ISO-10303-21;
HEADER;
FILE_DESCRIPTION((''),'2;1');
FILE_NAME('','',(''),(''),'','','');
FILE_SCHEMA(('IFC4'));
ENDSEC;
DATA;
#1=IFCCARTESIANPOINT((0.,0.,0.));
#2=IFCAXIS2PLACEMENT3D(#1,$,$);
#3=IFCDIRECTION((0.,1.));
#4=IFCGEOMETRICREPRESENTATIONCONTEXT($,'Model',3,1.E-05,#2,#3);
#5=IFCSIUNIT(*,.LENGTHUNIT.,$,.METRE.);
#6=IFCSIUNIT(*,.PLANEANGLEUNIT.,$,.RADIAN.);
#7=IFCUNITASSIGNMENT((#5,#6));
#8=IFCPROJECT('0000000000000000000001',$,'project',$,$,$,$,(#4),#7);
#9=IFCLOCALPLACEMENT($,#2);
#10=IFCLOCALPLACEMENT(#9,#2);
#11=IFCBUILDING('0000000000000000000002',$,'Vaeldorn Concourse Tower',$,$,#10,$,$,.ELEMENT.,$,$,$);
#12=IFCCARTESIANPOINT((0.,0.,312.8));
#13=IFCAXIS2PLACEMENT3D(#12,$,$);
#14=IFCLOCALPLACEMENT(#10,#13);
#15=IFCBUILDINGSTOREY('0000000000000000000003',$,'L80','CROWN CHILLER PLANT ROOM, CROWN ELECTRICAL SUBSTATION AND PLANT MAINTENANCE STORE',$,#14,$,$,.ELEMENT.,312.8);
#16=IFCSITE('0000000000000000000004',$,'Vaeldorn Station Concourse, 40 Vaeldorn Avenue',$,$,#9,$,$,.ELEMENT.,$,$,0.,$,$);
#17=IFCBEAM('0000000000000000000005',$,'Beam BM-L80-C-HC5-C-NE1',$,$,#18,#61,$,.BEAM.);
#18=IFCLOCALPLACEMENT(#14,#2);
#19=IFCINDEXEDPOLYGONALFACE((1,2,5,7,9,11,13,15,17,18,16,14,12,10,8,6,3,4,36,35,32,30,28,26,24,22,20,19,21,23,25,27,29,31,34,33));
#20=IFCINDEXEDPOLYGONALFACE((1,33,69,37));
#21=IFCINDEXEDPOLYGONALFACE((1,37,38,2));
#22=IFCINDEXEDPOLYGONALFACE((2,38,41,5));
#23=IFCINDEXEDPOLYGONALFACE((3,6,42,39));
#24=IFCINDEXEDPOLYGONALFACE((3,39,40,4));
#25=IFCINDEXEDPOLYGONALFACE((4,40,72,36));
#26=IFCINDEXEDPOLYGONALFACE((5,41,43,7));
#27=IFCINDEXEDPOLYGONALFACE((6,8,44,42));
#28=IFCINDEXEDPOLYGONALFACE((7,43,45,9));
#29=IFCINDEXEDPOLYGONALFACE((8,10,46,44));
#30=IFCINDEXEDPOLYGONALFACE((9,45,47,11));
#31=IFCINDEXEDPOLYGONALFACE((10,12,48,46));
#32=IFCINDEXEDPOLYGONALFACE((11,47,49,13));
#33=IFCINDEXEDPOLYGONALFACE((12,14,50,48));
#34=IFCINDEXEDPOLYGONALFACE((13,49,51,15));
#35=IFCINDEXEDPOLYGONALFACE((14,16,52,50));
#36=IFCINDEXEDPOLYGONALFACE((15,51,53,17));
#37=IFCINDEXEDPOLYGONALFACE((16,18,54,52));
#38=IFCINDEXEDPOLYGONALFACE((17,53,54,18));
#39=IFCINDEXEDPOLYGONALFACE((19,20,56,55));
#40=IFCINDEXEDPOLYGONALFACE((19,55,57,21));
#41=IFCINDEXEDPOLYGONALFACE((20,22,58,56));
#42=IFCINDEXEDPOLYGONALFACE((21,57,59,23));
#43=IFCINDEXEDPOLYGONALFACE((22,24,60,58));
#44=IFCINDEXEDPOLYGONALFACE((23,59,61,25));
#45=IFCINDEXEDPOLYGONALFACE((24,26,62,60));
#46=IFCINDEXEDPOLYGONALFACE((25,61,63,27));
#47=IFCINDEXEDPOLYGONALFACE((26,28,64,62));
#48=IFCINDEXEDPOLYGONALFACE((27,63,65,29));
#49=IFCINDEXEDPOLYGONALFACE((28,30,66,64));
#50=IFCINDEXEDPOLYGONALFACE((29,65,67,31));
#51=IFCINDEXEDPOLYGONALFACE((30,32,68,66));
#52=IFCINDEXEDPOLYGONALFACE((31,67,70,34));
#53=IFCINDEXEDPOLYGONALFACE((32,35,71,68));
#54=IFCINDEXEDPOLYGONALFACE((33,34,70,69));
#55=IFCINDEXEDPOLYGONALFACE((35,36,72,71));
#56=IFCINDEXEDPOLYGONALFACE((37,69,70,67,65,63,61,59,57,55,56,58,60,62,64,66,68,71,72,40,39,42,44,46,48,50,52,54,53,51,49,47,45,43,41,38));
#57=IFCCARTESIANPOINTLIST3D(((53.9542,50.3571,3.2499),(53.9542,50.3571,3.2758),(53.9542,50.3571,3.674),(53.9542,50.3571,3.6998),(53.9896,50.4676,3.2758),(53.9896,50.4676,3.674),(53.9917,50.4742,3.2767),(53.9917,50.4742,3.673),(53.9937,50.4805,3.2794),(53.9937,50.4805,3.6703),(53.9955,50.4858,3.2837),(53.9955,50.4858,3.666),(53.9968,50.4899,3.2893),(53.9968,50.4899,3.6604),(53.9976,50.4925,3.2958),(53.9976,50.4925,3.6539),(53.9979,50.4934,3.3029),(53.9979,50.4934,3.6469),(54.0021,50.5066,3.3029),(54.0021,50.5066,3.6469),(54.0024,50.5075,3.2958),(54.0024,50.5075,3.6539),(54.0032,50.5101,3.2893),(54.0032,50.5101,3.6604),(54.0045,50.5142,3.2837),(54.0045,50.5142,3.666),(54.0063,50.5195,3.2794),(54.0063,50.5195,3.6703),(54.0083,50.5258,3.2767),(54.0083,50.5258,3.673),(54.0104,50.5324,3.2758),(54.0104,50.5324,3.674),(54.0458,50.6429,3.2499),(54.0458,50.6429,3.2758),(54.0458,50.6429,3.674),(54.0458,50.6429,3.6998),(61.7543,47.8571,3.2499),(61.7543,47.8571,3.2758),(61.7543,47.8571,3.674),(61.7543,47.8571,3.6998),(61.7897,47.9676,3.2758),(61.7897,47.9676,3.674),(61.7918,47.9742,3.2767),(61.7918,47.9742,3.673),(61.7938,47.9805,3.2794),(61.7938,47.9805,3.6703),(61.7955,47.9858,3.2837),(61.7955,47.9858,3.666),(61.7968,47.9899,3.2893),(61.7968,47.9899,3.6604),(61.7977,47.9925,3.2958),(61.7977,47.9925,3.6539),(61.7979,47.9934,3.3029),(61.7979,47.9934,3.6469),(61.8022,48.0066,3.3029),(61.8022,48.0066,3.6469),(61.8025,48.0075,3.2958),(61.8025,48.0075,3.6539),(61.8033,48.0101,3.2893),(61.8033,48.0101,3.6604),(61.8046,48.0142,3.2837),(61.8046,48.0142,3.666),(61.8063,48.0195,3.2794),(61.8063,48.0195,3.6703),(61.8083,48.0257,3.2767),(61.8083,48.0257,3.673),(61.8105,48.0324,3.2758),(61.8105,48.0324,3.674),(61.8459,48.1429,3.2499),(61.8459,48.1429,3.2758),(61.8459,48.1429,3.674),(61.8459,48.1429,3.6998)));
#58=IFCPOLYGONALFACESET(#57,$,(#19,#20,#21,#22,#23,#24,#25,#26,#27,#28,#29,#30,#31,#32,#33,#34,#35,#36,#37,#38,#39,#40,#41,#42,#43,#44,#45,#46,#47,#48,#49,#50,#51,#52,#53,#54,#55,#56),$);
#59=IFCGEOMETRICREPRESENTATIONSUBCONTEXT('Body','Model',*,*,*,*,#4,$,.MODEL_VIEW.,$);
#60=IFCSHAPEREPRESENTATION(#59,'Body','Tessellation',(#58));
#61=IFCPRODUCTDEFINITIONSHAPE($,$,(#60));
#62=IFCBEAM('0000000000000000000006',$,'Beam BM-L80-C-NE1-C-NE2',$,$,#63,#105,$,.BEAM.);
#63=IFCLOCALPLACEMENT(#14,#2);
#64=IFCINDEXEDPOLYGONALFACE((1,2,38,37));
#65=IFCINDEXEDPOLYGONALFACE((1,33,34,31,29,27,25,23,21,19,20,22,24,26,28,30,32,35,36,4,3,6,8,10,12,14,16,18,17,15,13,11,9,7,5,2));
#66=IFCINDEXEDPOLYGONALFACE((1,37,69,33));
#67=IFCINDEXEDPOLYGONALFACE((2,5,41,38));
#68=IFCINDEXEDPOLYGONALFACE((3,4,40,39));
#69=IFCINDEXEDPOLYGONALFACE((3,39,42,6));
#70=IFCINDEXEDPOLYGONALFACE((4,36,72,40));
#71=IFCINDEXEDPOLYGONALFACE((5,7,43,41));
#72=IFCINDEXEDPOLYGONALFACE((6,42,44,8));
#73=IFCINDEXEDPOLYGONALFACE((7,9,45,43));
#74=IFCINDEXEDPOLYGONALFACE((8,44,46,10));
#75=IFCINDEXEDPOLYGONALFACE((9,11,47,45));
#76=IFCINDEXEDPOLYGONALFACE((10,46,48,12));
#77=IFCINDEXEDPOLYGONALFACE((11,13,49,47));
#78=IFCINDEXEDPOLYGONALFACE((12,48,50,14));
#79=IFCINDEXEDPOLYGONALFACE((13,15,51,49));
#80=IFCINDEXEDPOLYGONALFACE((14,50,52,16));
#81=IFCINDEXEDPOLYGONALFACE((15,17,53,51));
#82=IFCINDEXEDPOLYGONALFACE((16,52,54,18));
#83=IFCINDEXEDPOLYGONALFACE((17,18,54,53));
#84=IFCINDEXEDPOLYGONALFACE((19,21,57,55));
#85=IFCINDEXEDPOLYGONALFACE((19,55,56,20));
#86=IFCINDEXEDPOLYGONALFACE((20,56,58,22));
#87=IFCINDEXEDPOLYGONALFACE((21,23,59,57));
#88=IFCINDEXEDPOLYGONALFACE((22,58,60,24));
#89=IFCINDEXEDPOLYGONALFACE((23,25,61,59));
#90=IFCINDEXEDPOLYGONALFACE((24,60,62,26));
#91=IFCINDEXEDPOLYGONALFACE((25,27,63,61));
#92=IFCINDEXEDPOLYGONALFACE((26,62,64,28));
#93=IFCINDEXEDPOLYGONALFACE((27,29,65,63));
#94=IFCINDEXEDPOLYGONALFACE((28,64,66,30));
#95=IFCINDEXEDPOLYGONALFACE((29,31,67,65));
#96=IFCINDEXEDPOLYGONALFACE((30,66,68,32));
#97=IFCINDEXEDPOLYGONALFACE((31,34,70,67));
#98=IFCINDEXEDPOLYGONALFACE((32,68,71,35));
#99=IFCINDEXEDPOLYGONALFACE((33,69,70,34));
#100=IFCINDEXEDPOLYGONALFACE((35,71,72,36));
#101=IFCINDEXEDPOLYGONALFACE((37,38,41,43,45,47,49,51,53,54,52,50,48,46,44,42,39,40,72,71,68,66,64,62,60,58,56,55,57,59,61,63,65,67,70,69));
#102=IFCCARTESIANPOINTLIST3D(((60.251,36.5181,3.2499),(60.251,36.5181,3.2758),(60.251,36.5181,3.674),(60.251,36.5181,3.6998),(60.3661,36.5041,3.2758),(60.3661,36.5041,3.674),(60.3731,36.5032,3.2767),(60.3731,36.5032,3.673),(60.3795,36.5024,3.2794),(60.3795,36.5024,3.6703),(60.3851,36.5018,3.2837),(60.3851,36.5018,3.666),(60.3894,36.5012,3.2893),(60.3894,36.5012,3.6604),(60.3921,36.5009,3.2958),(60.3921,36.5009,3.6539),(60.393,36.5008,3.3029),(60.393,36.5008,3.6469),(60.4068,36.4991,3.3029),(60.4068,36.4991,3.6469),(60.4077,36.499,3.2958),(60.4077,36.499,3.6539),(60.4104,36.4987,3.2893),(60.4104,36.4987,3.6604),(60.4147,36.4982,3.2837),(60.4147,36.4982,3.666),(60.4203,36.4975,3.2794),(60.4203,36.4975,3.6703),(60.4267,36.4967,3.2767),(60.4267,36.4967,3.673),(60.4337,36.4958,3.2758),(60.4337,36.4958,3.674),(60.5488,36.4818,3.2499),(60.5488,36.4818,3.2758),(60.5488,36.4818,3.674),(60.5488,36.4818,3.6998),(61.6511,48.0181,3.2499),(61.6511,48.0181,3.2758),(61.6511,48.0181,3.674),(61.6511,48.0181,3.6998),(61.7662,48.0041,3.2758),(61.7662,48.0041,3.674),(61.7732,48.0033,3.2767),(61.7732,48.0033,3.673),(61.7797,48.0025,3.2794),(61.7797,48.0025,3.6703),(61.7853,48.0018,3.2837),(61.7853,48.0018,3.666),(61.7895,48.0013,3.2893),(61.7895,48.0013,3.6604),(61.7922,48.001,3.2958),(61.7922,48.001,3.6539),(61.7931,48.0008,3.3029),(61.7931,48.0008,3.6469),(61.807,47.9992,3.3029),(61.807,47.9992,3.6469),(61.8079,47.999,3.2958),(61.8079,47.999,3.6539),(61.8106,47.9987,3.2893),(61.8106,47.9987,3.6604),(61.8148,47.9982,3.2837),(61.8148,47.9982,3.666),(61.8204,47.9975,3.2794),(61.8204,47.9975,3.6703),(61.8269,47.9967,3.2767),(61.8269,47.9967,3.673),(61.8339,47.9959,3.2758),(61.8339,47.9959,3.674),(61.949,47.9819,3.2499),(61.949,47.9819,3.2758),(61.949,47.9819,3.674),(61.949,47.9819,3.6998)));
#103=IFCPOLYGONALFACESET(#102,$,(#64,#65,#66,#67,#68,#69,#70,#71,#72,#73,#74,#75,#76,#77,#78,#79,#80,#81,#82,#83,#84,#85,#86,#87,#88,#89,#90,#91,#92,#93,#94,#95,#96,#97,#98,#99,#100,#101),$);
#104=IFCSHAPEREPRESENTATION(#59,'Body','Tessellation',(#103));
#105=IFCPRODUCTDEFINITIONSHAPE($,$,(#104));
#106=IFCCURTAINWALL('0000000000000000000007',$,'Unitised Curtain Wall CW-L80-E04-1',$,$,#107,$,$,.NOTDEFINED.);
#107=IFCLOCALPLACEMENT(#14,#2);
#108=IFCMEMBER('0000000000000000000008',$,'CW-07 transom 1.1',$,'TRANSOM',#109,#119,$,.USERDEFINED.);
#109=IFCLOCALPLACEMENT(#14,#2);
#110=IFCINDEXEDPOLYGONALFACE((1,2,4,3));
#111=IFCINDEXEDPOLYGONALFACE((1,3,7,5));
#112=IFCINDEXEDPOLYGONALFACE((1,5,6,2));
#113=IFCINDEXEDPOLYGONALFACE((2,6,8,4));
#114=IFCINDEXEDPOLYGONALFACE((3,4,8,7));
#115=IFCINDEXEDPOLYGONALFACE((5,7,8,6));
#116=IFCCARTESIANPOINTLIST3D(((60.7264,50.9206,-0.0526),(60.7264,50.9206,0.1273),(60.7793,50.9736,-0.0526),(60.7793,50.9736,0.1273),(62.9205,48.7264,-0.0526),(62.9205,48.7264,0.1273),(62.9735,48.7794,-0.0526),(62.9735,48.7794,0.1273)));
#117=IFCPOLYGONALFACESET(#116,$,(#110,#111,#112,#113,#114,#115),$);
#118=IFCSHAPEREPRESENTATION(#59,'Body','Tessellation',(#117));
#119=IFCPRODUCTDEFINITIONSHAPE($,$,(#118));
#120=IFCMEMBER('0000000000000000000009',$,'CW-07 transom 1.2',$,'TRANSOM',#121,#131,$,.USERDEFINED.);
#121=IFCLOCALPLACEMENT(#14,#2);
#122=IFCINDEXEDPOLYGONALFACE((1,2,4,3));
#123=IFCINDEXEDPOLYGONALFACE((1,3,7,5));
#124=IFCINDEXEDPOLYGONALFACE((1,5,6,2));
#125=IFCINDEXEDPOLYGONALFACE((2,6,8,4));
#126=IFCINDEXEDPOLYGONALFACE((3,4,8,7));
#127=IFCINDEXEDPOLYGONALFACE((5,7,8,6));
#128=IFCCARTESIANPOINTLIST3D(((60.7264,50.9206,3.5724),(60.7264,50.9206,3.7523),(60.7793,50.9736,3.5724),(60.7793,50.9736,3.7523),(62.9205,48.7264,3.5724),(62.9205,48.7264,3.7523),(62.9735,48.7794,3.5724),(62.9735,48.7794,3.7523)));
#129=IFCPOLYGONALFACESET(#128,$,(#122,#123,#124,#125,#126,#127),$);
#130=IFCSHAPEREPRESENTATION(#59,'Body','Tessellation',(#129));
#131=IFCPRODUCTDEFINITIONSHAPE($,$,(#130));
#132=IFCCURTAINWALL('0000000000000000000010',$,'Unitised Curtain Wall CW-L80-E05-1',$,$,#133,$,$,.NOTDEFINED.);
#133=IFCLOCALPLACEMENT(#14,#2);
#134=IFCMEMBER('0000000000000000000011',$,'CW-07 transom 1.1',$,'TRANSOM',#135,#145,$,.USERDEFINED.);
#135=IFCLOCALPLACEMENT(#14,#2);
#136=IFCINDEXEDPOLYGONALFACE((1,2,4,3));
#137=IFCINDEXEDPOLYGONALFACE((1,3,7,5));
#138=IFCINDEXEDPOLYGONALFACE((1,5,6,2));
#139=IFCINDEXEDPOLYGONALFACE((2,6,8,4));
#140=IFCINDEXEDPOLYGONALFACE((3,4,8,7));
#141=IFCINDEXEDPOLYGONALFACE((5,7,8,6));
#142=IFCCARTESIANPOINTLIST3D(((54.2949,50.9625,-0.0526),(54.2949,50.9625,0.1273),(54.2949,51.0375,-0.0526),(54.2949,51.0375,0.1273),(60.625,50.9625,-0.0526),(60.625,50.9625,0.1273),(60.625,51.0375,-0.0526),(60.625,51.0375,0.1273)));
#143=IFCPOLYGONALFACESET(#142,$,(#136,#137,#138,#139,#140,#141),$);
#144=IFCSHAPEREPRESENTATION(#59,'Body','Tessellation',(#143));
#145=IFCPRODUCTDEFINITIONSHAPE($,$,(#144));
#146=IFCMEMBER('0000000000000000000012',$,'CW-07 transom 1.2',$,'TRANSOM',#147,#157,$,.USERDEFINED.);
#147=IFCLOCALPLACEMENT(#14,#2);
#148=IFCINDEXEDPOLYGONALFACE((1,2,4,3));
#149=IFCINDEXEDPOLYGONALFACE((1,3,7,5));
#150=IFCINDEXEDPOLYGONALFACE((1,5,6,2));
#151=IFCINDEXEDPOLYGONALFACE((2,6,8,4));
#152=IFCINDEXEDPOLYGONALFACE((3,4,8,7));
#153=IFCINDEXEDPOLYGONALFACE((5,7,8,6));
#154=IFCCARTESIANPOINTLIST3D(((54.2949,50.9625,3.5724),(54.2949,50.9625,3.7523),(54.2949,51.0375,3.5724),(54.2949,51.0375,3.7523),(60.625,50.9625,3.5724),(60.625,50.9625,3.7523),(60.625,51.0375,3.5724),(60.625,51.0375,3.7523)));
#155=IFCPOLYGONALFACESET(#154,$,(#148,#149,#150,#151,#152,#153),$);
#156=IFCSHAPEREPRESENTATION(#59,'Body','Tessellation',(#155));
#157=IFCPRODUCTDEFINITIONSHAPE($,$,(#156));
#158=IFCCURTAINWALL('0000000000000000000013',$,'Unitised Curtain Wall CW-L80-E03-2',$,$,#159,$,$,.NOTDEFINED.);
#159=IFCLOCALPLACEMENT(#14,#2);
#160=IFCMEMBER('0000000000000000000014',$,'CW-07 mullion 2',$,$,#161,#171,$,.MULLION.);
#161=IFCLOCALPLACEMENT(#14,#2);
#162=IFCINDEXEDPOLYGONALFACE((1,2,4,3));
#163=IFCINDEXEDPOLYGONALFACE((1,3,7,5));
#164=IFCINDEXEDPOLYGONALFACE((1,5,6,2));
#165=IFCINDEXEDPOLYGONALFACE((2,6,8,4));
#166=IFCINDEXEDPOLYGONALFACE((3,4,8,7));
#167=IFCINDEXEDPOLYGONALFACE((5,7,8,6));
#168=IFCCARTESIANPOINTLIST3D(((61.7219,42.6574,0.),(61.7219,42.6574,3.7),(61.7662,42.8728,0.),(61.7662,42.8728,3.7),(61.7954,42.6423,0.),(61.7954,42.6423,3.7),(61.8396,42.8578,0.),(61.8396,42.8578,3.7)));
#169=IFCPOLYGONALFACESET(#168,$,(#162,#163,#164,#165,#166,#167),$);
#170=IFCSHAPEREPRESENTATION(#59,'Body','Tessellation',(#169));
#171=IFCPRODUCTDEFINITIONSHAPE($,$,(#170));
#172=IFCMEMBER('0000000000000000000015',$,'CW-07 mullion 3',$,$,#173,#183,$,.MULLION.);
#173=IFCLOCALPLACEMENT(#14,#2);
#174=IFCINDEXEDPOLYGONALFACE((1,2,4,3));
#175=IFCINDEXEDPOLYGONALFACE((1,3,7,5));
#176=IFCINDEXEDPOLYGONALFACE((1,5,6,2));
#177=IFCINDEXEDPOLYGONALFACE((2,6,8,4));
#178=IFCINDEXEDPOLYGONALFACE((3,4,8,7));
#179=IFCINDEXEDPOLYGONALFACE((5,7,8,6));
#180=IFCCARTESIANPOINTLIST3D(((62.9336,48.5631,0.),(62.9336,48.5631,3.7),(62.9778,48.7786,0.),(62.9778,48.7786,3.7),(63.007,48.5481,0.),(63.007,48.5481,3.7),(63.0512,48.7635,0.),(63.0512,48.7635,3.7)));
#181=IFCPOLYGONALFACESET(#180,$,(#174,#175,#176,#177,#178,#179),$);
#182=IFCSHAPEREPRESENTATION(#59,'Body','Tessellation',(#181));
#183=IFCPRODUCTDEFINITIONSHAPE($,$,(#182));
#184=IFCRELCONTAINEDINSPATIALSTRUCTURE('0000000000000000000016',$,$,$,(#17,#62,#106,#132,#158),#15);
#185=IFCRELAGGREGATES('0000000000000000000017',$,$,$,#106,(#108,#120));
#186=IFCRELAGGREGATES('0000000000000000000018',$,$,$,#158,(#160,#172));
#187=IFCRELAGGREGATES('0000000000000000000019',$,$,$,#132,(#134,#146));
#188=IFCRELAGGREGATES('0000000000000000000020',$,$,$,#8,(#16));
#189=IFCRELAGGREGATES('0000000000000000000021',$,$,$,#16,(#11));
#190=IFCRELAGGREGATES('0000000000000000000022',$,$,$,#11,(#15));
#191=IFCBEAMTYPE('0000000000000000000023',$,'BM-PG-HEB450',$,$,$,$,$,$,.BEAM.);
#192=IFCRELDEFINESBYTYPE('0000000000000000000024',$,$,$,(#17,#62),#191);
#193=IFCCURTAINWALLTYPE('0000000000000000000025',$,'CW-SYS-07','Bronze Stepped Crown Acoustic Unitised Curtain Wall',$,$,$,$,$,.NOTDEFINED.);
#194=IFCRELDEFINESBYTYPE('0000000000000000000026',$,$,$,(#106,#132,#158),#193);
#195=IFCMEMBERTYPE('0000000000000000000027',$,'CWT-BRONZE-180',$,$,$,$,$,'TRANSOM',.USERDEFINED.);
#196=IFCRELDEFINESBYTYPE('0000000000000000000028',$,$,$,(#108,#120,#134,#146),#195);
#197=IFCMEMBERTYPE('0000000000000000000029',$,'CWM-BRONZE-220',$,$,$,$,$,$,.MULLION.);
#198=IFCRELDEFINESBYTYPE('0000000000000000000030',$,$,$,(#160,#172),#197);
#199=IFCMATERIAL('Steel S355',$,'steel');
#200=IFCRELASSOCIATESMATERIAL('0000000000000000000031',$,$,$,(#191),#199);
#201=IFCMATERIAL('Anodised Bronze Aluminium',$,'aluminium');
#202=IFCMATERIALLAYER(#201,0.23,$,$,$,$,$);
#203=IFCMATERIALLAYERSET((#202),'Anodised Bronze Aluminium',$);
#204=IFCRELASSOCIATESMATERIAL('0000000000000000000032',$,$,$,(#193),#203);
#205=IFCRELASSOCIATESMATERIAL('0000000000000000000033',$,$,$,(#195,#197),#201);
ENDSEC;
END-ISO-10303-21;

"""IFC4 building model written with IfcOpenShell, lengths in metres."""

from ifc_helpers import new_model, si_unit, direction, frame, origin, origin_2d, place, context, subcontext, project, spatial, rectangle, i_section, extrude, source, transform, mapped, material, layer, layer_set, material_profile, profile_set, type_object, element, aggregate, save


model = new_model("IFC4")

# Units and contexts
model_context = context("Model", 3, precision=1e-05, world=origin(), true_north=direction((0.0, 1.0)))
body_context = subcontext(model_context, "Body", "Model", "MODEL_VIEW")
ifc_project = project(units=[si_unit("LENGTHUNIT", "METRE"), si_unit("PLANEANGLEUNIT", "RADIAN")], contexts=[model_context])

# Site, building, storey
site_placement = place(None, origin())
site = spatial("IfcSite", under=ifc_project, at=site_placement, Name="Vaeldorn Station Concourse, 40 Vaeldorn Avenue", CompositionType="ELEMENT", RefElevation=0.0)
building_placement = place(site_placement, origin())
building = spatial("IfcBuilding", under=site, at=building_placement, Name="Vaeldorn Concourse Tower", CompositionType="ELEMENT")
storey_placement = place(building_placement, frame((0.0, 0.0, 312.8)))
storey = spatial("IfcBuildingStorey", under=building, at=storey_placement, Name="L80", Description="CROWN CHILLER PLANT ROOM, CROWN ELECTRICAL SUBSTATION AND PLANT MAINTENANCE STORE", CompositionType="ELEMENT", Elevation=312.8)

# Shared definitions
ifc_material_1 = material(Name="Steel S355", Category="steel")

# Beams
ifc_material_profile_1 = material_profile(ifc_material_1, i_section(OverallWidth=0.3, OverallDepth=0.45, WebThickness=0.0139, FlangeThickness=0.0259, FilletRadius=0.0271, at=origin_2d()), Name="HEB 450")
ifc_profile_set_1 = profile_set([ifc_material_profile_1], Name="Steel S355")
beam_type_1 = type_object("IfcBeamType", Name="BM-PG-HEB450", PredefinedType="BEAM", material=ifc_profile_set_1)
shared_shape_1 = source(origin(), body_context, "Body", "SweptSolid", [
    extrude(i_section(OverallWidth=0.3, OverallDepth=0.45, WebThickness=0.0139, FlangeThickness=0.0259, FilletRadius=0.0271, at=origin_2d()), origin(), (0.0, 0.0, 1.0), 8.1909),
])
beam_1_placement = place(storey_placement, frame((54.0, 50.5, 3.4749), z_axis=(0.952283, -0.305217, 0.0), x_axis=(0.305217, 0.952283, 0.0)))
element("IfcBeam", 1, at=beam_1_placement, inside=storey, type_object=beam_type_1, Name="Beam BM-L80-C-HC5-C-NE1", PredefinedType="BEAM", context=body_context, shape_type="MappedRepresentation", body=[
    mapped(shared_shape_1, transform((0.0, 0.0, 0.0), scale=1.0)),
])
shared_shape_2 = source(origin(), body_context, "Body", "SweptSolid", [
    extrude(i_section(OverallWidth=0.3, OverallDepth=0.45, WebThickness=0.0139, FlangeThickness=0.0259, FilletRadius=0.0271, at=origin_2d()), origin(), (0.0, 0.0, 1.0), 11.585),
])
beam_2_placement = place(storey_placement, frame((61.8, 48.0, 3.4749), z_axis=(-0.120859, -0.99267, 0.0), x_axis=(0.99267, -0.120859, 0.0)))
element("IfcBeam", 2, at=beam_2_placement, inside=storey, type_object=beam_type_1, Name="Beam BM-L80-C-NE1-C-NE2", PredefinedType="BEAM", context=body_context, shape_type="MappedRepresentation", body=[
    mapped(shared_shape_2, transform((0.0, 0.0, 0.0), scale=1.0)),
])

# Curtain walls, members
ifc_material_2 = material(Name="Anodised Bronze Aluminium", Category="aluminium")
ifc_layer_1 = layer(ifc_material_2, 0.23)
ifc_layer_set_1 = layer_set([ifc_layer_1], Name="Anodised Bronze Aluminium")
curtain_wall_type = type_object("IfcCurtainWallType", Name="CW-SYS-07", Description="Bronze Stepped Crown Acoustic Unitised Curtain Wall", PredefinedType="NOTDEFINED", material=ifc_layer_set_1)
curtain_wall_1_placement = place(storey_placement, origin())
curtain_wall_1 = element("IfcCurtainWall", 3, at=curtain_wall_1_placement, inside=storey, type_object=curtain_wall_type, Name="Unitised Curtain Wall CW-L80-E04-1", PredefinedType="NOTDEFINED")
ifc_material_profile_2 = material_profile(ifc_material_2, rectangle(XDim=0.075, YDim=0.1799, at=origin_2d()), Name="CWT 75x180")
ifc_profile_set_2 = profile_set([ifc_material_profile_2], Name="Anodised Bronze Aluminium")
member_type_1 = type_object("IfcMemberType", Name="CWT-BRONZE-180", ElementType="TRANSOM", PredefinedType="USERDEFINED", material=ifc_profile_set_2)
shared_shape_3 = source(origin(), body_context, "Body", "SweptSolid", [
    extrude(rectangle(XDim=0.075, YDim=0.1799, at=origin_2d()), origin(), (0.0, 0.0, 1.0), 3.103),
])
member_1_placement = place(storey_placement, frame((62.947, 48.7529, 0.0374), z_axis=(-0.707107, 0.707107, 0.0), x_axis=(-0.707107, -0.707107, 0.0)))
member_1 = element("IfcMember", 4, at=member_1_placement, type_object=member_type_1, Name="CW-07 transom 1.1", ObjectType="TRANSOM", PredefinedType="USERDEFINED", context=body_context, shape_type="MappedRepresentation", body=[
    mapped(shared_shape_3, transform((0.0, 0.0, 0.0), scale=1.0)),
])
member_2_placement = place(storey_placement, frame((62.947, 48.7529, 3.6624), z_axis=(-0.707107, 0.707107, 0.0), x_axis=(-0.707107, -0.707107, 0.0)))
member_2 = element("IfcMember", 5, at=member_2_placement, type_object=member_type_1, Name="CW-07 transom 1.2", ObjectType="TRANSOM", PredefinedType="USERDEFINED", context=body_context, shape_type="MappedRepresentation", body=[
    mapped(shared_shape_3, transform((0.0, 0.0, 0.0), scale=1.0)),
])
curtain_wall_2_placement = place(storey_placement, origin())
curtain_wall_2 = element("IfcCurtainWall", 6, at=curtain_wall_2_placement, inside=storey, type_object=curtain_wall_type, Name="Unitised Curtain Wall CW-L80-E05-1", PredefinedType="NOTDEFINED")
shared_shape_4 = source(origin(), body_context, "Body", "SweptSolid", [
    extrude(rectangle(XDim=0.075, YDim=0.1799, at=origin_2d()), origin(), (0.0, 0.0, 1.0), 6.3301),
])
member_3_placement = place(storey_placement, frame((60.625, 51.0, 0.0374), z_axis=(-1.0, 0.0, 0.0), x_axis=(0.0, -1.0, 0.0)))
member_3 = element("IfcMember", 7, at=member_3_placement, type_object=member_type_1, Name="CW-07 transom 1.1", ObjectType="TRANSOM", PredefinedType="USERDEFINED", context=body_context, shape_type="MappedRepresentation", body=[
    mapped(shared_shape_4, transform((0.0, 0.0, 0.0), scale=1.0)),
])
member_4_placement = place(storey_placement, frame((60.625, 51.0, 3.6624), z_axis=(-1.0, 0.0, 0.0), x_axis=(0.0, -1.0, 0.0)))
member_4 = element("IfcMember", 8, at=member_4_placement, type_object=member_type_1, Name="CW-07 transom 1.2", ObjectType="TRANSOM", PredefinedType="USERDEFINED", context=body_context, shape_type="MappedRepresentation", body=[
    mapped(shared_shape_4, transform((0.0, 0.0, 0.0), scale=1.0)),
])
curtain_wall_3_placement = place(storey_placement, origin())
curtain_wall_3 = element("IfcCurtainWall", 9, at=curtain_wall_3_placement, inside=storey, type_object=curtain_wall_type, Name="Unitised Curtain Wall CW-L80-E03-2", PredefinedType="NOTDEFINED")
ifc_material_profile_3 = material_profile(ifc_material_2, rectangle(XDim=0.075, YDim=0.22, at=origin_2d()), Name="CWM 75x220")
ifc_profile_set_3 = profile_set([ifc_material_profile_3], Name="Anodised Bronze Aluminium")
member_type_2 = type_object("IfcMemberType", Name="CWM-BRONZE-220", PredefinedType="MULLION", material=ifc_profile_set_3)
shared_shape_5 = source(origin(), body_context, "Body", "SweptSolid", [
    extrude(rectangle(XDim=0.075, YDim=0.22, at=origin_2d()), origin(), (0.0, 0.0, 1.0), 3.7),
])
member_5_placement = place(storey_placement, frame((61.7808, 42.7576, 0.0), z_axis=(0.0, 0.0, 1.0), x_axis=(-0.979597, 0.200972, 0.0)))
member_5 = element("IfcMember", 10, at=member_5_placement, type_object=member_type_2, Name="CW-07 mullion 2", PredefinedType="MULLION", context=body_context, shape_type="MappedRepresentation", body=[
    mapped(shared_shape_5, transform((0.0, 0.0, 0.0), scale=1.0)),
])
member_6_placement = place(storey_placement, frame((62.9924, 48.6633, 0.0), z_axis=(0.0, 0.0, 1.0), x_axis=(-0.979597, 0.200972, 0.0)))
member_6 = element("IfcMember", 11, at=member_6_placement, type_object=member_type_2, Name="CW-07 mullion 3", PredefinedType="MULLION", context=body_context, shape_type="MappedRepresentation", body=[
    mapped(shared_shape_5, transform((0.0, 0.0, 0.0), scale=1.0)),
])

aggregate(curtain_wall_1, [member_1, member_2])
aggregate(curtain_wall_3, [member_5, member_6])
aggregate(curtain_wall_2, [member_3, member_4])

save(model, "model.ifc")
